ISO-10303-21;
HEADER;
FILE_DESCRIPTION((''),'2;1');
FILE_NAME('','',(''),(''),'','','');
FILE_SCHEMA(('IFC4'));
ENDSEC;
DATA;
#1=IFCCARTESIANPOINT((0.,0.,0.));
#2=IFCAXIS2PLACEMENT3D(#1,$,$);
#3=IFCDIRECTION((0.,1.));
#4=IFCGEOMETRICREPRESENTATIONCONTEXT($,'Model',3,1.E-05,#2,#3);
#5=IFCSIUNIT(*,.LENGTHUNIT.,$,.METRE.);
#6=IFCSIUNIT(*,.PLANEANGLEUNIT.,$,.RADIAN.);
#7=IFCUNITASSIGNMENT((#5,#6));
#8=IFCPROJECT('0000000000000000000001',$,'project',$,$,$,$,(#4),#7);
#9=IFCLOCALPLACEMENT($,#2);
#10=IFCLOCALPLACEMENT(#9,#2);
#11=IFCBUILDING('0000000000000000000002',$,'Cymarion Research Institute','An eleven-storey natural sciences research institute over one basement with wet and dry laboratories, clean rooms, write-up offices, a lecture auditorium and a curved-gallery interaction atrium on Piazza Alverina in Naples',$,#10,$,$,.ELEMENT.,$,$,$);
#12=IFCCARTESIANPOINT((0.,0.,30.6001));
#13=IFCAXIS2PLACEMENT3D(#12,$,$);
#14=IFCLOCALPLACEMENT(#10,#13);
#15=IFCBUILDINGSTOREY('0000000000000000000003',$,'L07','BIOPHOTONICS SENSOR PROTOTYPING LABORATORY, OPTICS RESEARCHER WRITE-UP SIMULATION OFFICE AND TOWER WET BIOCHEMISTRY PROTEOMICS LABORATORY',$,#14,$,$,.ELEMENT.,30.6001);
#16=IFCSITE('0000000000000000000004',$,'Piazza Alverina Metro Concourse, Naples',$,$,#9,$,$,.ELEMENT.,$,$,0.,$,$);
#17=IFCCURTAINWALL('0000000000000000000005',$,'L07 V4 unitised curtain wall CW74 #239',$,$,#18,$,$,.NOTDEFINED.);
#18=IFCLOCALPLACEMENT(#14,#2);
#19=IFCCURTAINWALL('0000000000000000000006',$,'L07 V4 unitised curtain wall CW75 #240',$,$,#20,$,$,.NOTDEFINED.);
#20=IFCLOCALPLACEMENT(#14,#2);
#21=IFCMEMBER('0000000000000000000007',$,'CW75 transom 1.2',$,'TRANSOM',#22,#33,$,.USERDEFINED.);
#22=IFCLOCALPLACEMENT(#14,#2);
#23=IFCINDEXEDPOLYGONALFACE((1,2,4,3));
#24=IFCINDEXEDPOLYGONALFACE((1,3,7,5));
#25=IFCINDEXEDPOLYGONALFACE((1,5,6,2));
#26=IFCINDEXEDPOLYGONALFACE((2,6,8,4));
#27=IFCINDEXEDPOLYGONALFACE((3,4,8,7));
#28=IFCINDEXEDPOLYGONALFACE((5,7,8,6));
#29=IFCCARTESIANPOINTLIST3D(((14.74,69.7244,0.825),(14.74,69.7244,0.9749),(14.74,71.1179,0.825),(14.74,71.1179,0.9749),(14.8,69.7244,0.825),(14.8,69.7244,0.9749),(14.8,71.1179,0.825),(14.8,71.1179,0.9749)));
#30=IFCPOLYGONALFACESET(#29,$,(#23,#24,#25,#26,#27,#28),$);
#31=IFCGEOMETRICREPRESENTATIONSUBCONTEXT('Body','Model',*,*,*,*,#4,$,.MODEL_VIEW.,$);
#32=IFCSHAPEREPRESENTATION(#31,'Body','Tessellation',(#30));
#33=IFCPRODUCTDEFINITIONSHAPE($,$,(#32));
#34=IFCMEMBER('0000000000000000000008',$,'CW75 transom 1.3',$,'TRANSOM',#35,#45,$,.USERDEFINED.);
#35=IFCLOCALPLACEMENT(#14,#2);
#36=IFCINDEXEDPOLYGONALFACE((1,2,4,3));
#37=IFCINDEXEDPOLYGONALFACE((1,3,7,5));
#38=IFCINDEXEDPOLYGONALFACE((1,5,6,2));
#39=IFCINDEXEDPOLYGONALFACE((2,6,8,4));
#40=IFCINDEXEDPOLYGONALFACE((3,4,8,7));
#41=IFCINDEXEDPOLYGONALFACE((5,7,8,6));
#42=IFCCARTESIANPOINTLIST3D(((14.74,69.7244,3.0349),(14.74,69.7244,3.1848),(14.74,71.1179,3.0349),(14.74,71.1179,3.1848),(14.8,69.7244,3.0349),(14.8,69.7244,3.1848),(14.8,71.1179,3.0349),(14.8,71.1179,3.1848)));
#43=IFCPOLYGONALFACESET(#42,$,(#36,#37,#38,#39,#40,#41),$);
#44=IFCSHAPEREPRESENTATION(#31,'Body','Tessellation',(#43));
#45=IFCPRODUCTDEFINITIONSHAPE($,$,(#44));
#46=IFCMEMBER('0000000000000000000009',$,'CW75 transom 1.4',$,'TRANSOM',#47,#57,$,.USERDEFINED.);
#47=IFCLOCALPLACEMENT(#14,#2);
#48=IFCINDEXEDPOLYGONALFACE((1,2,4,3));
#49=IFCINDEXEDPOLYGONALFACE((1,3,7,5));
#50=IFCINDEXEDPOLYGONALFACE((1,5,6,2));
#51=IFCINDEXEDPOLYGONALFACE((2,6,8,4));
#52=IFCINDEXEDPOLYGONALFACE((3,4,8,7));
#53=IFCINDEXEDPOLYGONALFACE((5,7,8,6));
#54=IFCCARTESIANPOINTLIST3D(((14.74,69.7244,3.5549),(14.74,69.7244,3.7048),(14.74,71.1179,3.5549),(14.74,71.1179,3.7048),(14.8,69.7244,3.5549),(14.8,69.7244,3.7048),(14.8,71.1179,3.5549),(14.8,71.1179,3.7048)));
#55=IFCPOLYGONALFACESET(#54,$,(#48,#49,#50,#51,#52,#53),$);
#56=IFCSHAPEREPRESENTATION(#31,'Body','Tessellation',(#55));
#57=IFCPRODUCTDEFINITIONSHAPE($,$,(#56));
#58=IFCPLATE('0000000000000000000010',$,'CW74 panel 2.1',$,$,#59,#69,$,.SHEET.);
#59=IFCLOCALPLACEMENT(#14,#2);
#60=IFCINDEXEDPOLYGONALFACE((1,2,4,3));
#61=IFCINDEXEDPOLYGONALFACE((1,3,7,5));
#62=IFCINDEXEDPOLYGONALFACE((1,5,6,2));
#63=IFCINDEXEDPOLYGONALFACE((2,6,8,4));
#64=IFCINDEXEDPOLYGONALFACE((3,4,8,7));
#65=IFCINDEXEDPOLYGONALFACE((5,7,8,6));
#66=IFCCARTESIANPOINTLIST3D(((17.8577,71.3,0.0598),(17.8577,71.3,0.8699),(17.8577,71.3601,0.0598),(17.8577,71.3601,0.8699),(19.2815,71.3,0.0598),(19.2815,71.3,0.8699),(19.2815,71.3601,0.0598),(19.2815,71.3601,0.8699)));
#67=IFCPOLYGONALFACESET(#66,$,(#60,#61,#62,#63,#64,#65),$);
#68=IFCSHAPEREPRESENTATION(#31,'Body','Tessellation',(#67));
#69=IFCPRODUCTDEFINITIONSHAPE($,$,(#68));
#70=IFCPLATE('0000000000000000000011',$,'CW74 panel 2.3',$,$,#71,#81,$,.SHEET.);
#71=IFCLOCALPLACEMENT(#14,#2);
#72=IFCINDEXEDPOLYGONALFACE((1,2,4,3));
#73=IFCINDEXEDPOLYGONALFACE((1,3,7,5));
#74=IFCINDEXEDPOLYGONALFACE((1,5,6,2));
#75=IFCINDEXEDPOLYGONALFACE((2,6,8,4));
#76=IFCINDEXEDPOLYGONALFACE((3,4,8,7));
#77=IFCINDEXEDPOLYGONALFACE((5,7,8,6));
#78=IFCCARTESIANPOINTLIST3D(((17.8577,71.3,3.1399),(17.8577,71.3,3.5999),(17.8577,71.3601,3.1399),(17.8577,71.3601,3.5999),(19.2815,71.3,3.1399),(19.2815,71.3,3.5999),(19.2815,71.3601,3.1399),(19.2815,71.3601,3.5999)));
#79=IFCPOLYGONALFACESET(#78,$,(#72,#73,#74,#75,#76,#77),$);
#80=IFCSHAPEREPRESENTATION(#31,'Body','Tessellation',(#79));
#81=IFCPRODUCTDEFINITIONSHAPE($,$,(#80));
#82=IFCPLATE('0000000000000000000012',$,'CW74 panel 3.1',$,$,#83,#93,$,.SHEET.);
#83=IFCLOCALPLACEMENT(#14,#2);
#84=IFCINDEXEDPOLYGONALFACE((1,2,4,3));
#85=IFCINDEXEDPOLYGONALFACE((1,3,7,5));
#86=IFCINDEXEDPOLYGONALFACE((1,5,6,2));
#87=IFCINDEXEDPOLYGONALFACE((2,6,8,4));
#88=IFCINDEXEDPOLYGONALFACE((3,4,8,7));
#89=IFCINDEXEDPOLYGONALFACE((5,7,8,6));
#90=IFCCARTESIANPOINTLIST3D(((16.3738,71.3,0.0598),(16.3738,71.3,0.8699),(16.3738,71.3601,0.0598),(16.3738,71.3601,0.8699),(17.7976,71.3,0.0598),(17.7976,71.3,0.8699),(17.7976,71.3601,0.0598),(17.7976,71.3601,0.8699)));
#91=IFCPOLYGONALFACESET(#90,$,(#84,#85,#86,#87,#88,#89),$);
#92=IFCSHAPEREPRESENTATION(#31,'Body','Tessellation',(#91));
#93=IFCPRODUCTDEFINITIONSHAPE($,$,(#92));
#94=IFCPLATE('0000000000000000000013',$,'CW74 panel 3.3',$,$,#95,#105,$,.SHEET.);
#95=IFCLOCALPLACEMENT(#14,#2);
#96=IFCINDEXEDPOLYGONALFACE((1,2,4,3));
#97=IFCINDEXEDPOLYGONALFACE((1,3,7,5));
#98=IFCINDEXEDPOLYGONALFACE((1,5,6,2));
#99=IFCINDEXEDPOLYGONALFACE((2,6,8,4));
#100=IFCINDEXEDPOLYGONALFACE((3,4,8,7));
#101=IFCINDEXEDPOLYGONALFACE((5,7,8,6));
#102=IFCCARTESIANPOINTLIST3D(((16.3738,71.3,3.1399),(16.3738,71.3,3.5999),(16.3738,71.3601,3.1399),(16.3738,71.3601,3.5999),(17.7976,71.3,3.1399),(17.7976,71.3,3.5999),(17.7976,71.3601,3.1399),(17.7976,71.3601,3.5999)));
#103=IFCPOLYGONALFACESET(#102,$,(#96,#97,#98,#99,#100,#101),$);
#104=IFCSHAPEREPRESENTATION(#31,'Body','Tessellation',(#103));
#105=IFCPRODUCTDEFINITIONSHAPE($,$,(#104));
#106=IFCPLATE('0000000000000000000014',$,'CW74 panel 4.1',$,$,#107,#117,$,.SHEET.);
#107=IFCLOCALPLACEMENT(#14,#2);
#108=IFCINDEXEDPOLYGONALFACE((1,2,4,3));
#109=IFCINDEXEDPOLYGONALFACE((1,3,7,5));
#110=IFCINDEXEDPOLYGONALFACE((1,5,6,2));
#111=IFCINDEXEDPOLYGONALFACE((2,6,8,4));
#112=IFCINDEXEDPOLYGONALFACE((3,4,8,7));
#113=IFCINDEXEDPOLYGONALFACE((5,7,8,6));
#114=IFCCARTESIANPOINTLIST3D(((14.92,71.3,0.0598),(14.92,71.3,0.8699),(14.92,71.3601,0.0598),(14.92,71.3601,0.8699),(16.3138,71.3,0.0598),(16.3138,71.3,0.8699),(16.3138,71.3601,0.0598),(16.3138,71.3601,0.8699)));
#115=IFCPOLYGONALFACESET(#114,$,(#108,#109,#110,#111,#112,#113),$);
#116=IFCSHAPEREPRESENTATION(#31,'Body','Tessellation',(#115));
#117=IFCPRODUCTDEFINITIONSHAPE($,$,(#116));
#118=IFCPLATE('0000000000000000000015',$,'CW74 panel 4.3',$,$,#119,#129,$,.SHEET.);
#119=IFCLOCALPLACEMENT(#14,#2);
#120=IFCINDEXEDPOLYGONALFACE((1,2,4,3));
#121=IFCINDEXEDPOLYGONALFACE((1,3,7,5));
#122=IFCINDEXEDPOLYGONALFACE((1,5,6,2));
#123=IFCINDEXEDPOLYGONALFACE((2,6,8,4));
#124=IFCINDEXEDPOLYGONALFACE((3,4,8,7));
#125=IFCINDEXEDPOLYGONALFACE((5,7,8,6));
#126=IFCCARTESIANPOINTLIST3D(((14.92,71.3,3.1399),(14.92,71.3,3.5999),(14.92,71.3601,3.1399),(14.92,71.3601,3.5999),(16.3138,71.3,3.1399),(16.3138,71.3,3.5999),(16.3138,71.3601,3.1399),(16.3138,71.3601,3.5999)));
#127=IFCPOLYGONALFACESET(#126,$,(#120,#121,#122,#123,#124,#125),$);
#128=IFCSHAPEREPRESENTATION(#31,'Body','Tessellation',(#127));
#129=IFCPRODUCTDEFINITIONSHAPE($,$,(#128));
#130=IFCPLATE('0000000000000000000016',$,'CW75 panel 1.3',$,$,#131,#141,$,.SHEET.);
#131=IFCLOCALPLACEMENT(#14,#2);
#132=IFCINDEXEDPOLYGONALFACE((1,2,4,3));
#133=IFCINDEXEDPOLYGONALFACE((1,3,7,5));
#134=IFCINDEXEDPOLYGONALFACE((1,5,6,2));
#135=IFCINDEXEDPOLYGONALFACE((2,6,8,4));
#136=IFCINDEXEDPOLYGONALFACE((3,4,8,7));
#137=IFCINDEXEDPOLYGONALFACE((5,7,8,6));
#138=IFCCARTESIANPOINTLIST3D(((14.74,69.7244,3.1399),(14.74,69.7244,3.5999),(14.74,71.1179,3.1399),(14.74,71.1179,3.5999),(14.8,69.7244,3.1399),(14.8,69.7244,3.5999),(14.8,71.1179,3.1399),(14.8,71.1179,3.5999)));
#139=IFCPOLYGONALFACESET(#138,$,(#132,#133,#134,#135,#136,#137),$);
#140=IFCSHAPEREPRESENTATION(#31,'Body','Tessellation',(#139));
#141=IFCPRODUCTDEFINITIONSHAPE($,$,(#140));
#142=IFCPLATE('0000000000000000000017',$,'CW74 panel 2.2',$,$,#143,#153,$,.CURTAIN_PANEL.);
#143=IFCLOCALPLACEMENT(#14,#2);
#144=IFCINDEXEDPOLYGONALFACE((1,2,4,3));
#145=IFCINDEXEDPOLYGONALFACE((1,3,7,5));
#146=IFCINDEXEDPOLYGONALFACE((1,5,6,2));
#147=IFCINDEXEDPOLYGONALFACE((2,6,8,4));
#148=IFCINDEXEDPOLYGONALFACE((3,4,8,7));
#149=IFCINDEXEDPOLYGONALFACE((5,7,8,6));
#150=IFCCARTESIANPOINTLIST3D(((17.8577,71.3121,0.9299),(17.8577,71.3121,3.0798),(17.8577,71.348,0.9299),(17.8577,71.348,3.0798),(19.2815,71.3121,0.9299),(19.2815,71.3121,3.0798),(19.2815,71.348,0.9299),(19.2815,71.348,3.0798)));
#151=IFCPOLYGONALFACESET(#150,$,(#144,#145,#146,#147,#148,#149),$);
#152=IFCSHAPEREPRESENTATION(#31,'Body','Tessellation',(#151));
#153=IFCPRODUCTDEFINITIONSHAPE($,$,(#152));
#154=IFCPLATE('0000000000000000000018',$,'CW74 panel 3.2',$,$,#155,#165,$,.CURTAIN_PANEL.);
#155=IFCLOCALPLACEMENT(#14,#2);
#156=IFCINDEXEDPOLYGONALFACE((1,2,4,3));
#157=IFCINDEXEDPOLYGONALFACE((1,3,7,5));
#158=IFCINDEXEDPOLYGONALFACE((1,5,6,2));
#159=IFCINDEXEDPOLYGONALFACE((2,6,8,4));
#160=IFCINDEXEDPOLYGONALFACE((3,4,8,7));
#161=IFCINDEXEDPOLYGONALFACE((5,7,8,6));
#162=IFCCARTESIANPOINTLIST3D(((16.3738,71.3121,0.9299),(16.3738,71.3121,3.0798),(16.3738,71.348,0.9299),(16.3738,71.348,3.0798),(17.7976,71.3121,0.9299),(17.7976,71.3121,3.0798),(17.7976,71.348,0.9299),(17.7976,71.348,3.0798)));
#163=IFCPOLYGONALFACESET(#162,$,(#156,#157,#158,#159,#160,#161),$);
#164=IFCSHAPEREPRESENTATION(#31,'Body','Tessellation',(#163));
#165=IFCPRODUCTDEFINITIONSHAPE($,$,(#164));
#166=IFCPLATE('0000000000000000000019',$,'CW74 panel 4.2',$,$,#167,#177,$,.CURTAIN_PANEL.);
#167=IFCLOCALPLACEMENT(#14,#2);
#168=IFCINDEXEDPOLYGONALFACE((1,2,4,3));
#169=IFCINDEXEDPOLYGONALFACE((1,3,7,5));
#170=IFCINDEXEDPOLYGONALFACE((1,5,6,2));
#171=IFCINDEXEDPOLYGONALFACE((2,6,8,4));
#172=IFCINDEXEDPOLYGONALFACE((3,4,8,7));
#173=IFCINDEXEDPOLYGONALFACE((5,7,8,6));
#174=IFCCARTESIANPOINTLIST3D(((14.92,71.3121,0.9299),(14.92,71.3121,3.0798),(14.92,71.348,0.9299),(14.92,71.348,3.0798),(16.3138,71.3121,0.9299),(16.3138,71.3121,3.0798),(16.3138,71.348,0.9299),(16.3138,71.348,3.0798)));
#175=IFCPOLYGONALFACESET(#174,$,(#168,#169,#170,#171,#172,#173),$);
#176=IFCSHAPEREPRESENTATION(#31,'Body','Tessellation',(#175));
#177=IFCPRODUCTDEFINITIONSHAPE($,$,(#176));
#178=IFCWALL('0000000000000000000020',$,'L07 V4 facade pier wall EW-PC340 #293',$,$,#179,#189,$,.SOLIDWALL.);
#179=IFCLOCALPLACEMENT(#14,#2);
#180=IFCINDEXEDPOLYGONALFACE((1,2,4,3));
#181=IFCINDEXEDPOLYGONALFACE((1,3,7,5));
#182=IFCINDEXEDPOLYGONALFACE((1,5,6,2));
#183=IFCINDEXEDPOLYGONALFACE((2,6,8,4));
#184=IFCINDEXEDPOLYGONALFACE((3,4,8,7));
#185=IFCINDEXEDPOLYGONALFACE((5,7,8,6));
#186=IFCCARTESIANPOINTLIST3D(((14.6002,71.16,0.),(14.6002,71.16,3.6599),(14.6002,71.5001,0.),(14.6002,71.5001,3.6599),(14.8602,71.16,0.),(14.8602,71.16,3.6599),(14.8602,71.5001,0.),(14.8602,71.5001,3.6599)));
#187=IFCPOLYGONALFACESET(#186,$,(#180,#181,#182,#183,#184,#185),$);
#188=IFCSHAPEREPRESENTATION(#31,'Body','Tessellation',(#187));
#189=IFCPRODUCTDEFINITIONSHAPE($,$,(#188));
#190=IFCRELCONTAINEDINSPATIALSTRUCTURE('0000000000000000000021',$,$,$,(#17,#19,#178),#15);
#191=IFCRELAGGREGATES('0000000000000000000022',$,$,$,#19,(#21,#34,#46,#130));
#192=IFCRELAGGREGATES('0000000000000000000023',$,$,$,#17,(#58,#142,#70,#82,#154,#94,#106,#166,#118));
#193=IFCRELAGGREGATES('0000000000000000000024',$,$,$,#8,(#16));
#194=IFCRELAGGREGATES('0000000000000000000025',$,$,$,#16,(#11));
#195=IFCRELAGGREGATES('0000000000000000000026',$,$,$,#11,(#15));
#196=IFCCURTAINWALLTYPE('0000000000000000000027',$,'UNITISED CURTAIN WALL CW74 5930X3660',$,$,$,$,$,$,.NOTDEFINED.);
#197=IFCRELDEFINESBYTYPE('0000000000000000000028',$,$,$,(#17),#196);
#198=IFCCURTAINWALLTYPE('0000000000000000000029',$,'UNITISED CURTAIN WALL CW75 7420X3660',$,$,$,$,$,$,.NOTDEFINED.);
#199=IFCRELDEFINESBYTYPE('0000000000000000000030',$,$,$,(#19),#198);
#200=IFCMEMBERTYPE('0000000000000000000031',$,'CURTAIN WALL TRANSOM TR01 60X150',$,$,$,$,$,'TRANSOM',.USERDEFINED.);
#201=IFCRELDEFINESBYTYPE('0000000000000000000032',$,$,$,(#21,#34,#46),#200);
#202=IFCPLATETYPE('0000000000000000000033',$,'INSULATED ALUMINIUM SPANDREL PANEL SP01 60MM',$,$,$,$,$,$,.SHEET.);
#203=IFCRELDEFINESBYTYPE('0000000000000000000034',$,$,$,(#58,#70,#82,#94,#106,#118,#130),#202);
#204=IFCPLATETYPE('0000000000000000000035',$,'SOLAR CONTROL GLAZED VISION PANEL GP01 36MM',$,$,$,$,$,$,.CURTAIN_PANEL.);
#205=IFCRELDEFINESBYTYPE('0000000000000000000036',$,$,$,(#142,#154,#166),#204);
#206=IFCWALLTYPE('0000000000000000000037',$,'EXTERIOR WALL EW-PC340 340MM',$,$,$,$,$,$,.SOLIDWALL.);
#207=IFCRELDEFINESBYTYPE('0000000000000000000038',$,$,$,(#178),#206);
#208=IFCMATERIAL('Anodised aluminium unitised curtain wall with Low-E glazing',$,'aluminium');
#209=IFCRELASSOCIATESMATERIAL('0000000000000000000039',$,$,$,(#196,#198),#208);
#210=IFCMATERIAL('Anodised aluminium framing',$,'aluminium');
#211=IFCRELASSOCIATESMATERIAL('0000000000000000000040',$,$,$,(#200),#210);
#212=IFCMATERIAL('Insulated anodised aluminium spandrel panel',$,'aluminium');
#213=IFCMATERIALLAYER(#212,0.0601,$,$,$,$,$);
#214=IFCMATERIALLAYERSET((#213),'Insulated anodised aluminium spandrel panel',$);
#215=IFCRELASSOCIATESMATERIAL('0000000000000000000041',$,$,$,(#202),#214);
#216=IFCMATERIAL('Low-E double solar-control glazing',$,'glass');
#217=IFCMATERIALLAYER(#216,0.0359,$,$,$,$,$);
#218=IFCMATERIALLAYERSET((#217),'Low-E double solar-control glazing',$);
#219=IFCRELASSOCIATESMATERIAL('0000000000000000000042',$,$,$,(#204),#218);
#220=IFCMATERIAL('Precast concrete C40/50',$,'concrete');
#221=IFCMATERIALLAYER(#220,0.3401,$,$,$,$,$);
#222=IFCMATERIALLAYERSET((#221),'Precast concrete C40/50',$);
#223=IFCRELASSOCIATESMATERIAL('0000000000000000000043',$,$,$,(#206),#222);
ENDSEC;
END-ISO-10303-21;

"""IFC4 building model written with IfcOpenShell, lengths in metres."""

from ifc_helpers import new_model, si_unit, direction, frame, frame_2d, origin, origin_2d, place, context, subcontext, project, spatial, rectangle, extrude, material, layer, layer_set, material_profile, profile_set, type_object, element, aggregate, save


model = new_model("IFC4")

# Units and contexts
model_context = context("Model", 3, precision=1e-05, world=origin(), true_north=direction((0.0, 1.0)))
body_context = subcontext(model_context, "Body", "Model", "MODEL_VIEW")
ifc_project = project(units=[si_unit("LENGTHUNIT", "METRE"), si_unit("PLANEANGLEUNIT", "RADIAN")], contexts=[model_context])

# Site, building, storey
site_placement = place(None, origin())
site = spatial("IfcSite", under=ifc_project, at=site_placement, Name="Piazza Alverina Metro Concourse, Naples", CompositionType="ELEMENT", RefElevation=0.0)
building_placement = place(site_placement, origin())
building = spatial("IfcBuilding", under=site, at=building_placement, Name="Cymarion Research Institute", Description="An eleven-storey natural sciences research institute over one basement with wet and dry laboratories, clean rooms, write-up offices, a lecture auditorium and a curved-gallery interaction atrium on Piazza Alverina in Naples", CompositionType="ELEMENT")
storey_placement = place(building_placement, frame((0.0, 0.0, 30.6001)))
storey = spatial("IfcBuildingStorey", under=building, at=storey_placement, Name="L07", Description="BIOPHOTONICS SENSOR PROTOTYPING LABORATORY, OPTICS RESEARCHER WRITE-UP SIMULATION OFFICE AND TOWER WET BIOCHEMISTRY PROTEOMICS LABORATORY", CompositionType="ELEMENT", Elevation=30.6001)

# Curtain wall
ifc_material_1 = material(Name="Anodised aluminium unitised curtain wall with Low-E glazing", Category="aluminium")
curtain_wall_type_1 = type_object("IfcCurtainWallType", Name="UNITISED CURTAIN WALL CW74 5930X3660", PredefinedType="NOTDEFINED", material=ifc_material_1)
curtain_wall_1_placement = place(storey_placement, origin())
curtain_wall_1 = element("IfcCurtainWall", 1, at=curtain_wall_1_placement, inside=storey, type_object=curtain_wall_type_1, Name="L07 V4 unitised curtain wall CW74 #239", PredefinedType="NOTDEFINED")
ifc_material_2 = material(Name="Anodised aluminium framing", Category="aluminium")

# Curtain wall
curtain_wall_type_2 = type_object("IfcCurtainWallType", Name="UNITISED CURTAIN WALL CW75 7420X3660", PredefinedType="NOTDEFINED", material=ifc_material_1)
curtain_wall_2_placement = place(storey_placement, origin())
curtain_wall_2 = element("IfcCurtainWall", 2, at=curtain_wall_2_placement, inside=storey, type_object=curtain_wall_type_2, Name="L07 V4 unitised curtain wall CW75 #240", PredefinedType="NOTDEFINED")

# Members
ifc_material_profile_1 = material_profile(ifc_material_2, rectangle(XDim=0.0601, YDim=0.1499, at=origin_2d()), Name="ALU TRANSOM 60x150")
ifc_profile_set_1 = profile_set([ifc_material_profile_1], Name="Anodised aluminium framing")
member_type_1 = type_object("IfcMemberType", Name="CURTAIN WALL TRANSOM TR01 60X150", ElementType="TRANSOM", PredefinedType="USERDEFINED", material=ifc_profile_set_1)
member_1_placement = place(storey_placement, frame((14.77, 71.1179, 0.8999), z_axis=(0.0, -1.0, 0.0), x_axis=(1.0, 0.0, 0.0)))
member_1 = element("IfcMember", 3, at=member_1_placement, type_object=member_type_1, Name="CW75 transom 1.2", ObjectType="TRANSOM", PredefinedType="USERDEFINED", context=body_context, shape_type="SweptSolid", body=[
    extrude(rectangle(XDim=0.0601, YDim=0.1499, at=origin_2d()), origin(), (0.0, 0.0, 1.0), 1.3936),
])
member_2_placement = place(storey_placement, frame((14.77, 71.1179, 3.1099), z_axis=(0.0, -1.0, 0.0), x_axis=(1.0, 0.0, 0.0)))
member_2 = element("IfcMember", 4, at=member_2_placement, type_object=member_type_1, Name="CW75 transom 1.3", ObjectType="TRANSOM", PredefinedType="USERDEFINED", context=body_context, shape_type="SweptSolid", body=[
    extrude(rectangle(XDim=0.0601, YDim=0.1499, at=origin_2d()), origin(), (0.0, 0.0, 1.0), 1.3936),
])
member_3_placement = place(storey_placement, frame((14.77, 71.1179, 3.6299), z_axis=(0.0, -1.0, 0.0), x_axis=(1.0, 0.0, 0.0)))
member_3 = element("IfcMember", 5, at=member_3_placement, type_object=member_type_1, Name="CW75 transom 1.4", ObjectType="TRANSOM", PredefinedType="USERDEFINED", context=body_context, shape_type="SweptSolid", body=[
    extrude(rectangle(XDim=0.0601, YDim=0.1499, at=origin_2d()), origin(), (0.0, 0.0, 1.0), 1.3936),
])

# Plates
ifc_material_3 = material(Name="Insulated anodised aluminium spandrel panel", Category="aluminium")
ifc_layer_1 = layer(ifc_material_3, 0.0601)
ifc_layer_set_1 = layer_set([ifc_layer_1], Name="Insulated anodised aluminium spandrel panel")
plate_type_1 = type_object("IfcPlateType", Name="INSULATED ALUMINIUM SPANDREL PANEL SP01 60MM", PredefinedType="SHEET", material=ifc_layer_set_1)
plate_1_placement = place(storey_placement, frame((18.5696, 71.3301, 0.0598), z_axis=(0.0, 0.0, 1.0), x_axis=(-1.0, 0.0, 0.0)))
plate_1 = element("IfcPlate", 6, at=plate_1_placement, type_object=plate_type_1, Name="CW74 panel 2.1", PredefinedType="SHEET", context=body_context, shape_type="SweptSolid", body=[
    extrude(rectangle(XDim=1.4238, YDim=0.0601, at=origin_2d()), origin(), (0.0, 0.0, 1.0), 0.8101),
])
plate_2_placement = place(storey_placement, frame((18.5696, 71.3301, 3.1399), z_axis=(0.0, 0.0, 1.0), x_axis=(-1.0, 0.0, 0.0)))
plate_2 = element("IfcPlate", 7, at=plate_2_placement, type_object=plate_type_1, Name="CW74 panel 2.3", PredefinedType="SHEET", context=body_context, shape_type="SweptSolid", body=[
    extrude(rectangle(XDim=1.4238, YDim=0.0601, at=origin_2d()), origin(), (0.0, 0.0, 1.0), 0.46),
])
plate_3_placement = place(storey_placement, frame((17.0857, 71.3301, 0.0598), z_axis=(0.0, 0.0, 1.0), x_axis=(-1.0, 0.0, 0.0)))
plate_3 = element("IfcPlate", 8, at=plate_3_placement, type_object=plate_type_1, Name="CW74 panel 3.1", PredefinedType="SHEET", context=body_context, shape_type="SweptSolid", body=[
    extrude(rectangle(XDim=1.4238, YDim=0.0601, at=origin_2d()), origin(), (0.0, 0.0, 1.0), 0.8101),
])
plate_4_placement = place(storey_placement, frame((17.0857, 71.3301, 3.1399), z_axis=(0.0, 0.0, 1.0), x_axis=(-1.0, 0.0, 0.0)))
plate_4 = element("IfcPlate", 9, at=plate_4_placement, type_object=plate_type_1, Name="CW74 panel 3.3", PredefinedType="SHEET", context=body_context, shape_type="SweptSolid", body=[
    extrude(rectangle(XDim=1.4238, YDim=0.0601, at=origin_2d()), origin(), (0.0, 0.0, 1.0), 0.46),
])
plate_5_placement = place(storey_placement, frame((15.6169, 71.3301, 0.0598), z_axis=(0.0, 0.0, 1.0), x_axis=(-1.0, 0.0, 0.0)))
plate_5 = element("IfcPlate", 10, at=plate_5_placement, type_object=plate_type_1, Name="CW74 panel 4.1", PredefinedType="SHEET", context=body_context, shape_type="SweptSolid", body=[
    extrude(rectangle(XDim=1.3938, YDim=0.0601, at=origin_2d()), origin(), (0.0, 0.0, 1.0), 0.8101),
])
plate_6_placement = place(storey_placement, frame((15.6169, 71.3301, 3.1399), z_axis=(0.0, 0.0, 1.0), x_axis=(-1.0, 0.0, 0.0)))
plate_6 = element("IfcPlate", 11, at=plate_6_placement, type_object=plate_type_1, Name="CW74 panel 4.3", PredefinedType="SHEET", context=body_context, shape_type="SweptSolid", body=[
    extrude(rectangle(XDim=1.3938, YDim=0.0601, at=origin_2d()), origin(), (0.0, 0.0, 1.0), 0.46),
])
plate_7_placement = place(storey_placement, frame((14.77, 70.4211, 3.1399), z_axis=(0.0, 0.0, 1.0), x_axis=(0.0, -1.0, 0.0)))
plate_7 = element("IfcPlate", 12, at=plate_7_placement, type_object=plate_type_1, Name="CW75 panel 1.3", PredefinedType="SHEET", context=body_context, shape_type="SweptSolid", body=[
    extrude(rectangle(XDim=1.3936, YDim=0.0601, at=origin_2d()), origin(), (0.0, 0.0, 1.0), 0.46),
])
aggregate(curtain_wall_2, [member_1, member_2, member_3, plate_7])
ifc_material_4 = material(Name="Low-E double solar-control glazing", Category="glass")
ifc_layer_2 = layer(ifc_material_4, 0.0359)
ifc_layer_set_2 = layer_set([ifc_layer_2], Name="Low-E double solar-control glazing")
plate_type_2 = type_object("IfcPlateType", Name="SOLAR CONTROL GLAZED VISION PANEL GP01 36MM", PredefinedType="CURTAIN_PANEL", material=ifc_layer_set_2)
plate_8_placement = place(storey_placement, frame((18.5696, 71.3301, 0.9299), z_axis=(0.0, 0.0, 1.0), x_axis=(-1.0, 0.0, 0.0)))
plate_8 = element("IfcPlate", 13, at=plate_8_placement, type_object=plate_type_2, Name="CW74 panel 2.2", PredefinedType="CURTAIN_PANEL", context=body_context, shape_type="SweptSolid", body=[
    extrude(rectangle(XDim=1.4238, YDim=0.0359, at=origin_2d()), origin(), (0.0, 0.0, 1.0), 2.1499),
])
plate_9_placement = place(storey_placement, frame((17.0857, 71.3301, 0.9299), z_axis=(0.0, 0.0, 1.0), x_axis=(-1.0, 0.0, 0.0)))
plate_9 = element("IfcPlate", 14, at=plate_9_placement, type_object=plate_type_2, Name="CW74 panel 3.2", PredefinedType="CURTAIN_PANEL", context=body_context, shape_type="SweptSolid", body=[
    extrude(rectangle(XDim=1.4238, YDim=0.0359, at=origin_2d()), origin(), (0.0, 0.0, 1.0), 2.1499),
])
plate_10_placement = place(storey_placement, frame((15.6169, 71.3301, 0.9299), z_axis=(0.0, 0.0, 1.0), x_axis=(-1.0, 0.0, 0.0)))
plate_10 = element("IfcPlate", 15, at=plate_10_placement, type_object=plate_type_2, Name="CW74 panel 4.2", PredefinedType="CURTAIN_PANEL", context=body_context, shape_type="SweptSolid", body=[
    extrude(rectangle(XDim=1.3938, YDim=0.0359, at=origin_2d()), origin(), (0.0, 0.0, 1.0), 2.1499),
])
aggregate(curtain_wall_1, [plate_1, plate_8, plate_2, plate_3, plate_9, plate_4, plate_5, plate_10, plate_6])

# Wall
ifc_material_5 = material(Name="Precast concrete C40/50", Category="concrete")
ifc_layer_3 = layer(ifc_material_5, 0.3401)
ifc_layer_set_3 = layer_set([ifc_layer_3], Name="Precast concrete C40/50")
wall_type = type_object("IfcWallType", Name="EXTERIOR WALL EW-PC340 340MM", PredefinedType="SOLIDWALL", material=ifc_layer_set_3)
wall_placement = place(storey_placement, frame((14.8601, 71.3301, 0.0), z_axis=(0.0, 0.0, 1.0), x_axis=(-1.0, 0.0, 0.0)))
element("IfcWall", 16, at=wall_placement, inside=storey, type_object=wall_type, Name="L07 V4 facade pier wall EW-PC340 #293", PredefinedType="SOLIDWALL", context=body_context, shape_type="SweptSolid", body=[
    extrude(rectangle(XDim=0.26, YDim=0.3401, at=frame_2d((0.1299, 0.0))), origin(), (0.0, 0.0, 1.0), 3.6599),
])

save(model, "model.ifc")
